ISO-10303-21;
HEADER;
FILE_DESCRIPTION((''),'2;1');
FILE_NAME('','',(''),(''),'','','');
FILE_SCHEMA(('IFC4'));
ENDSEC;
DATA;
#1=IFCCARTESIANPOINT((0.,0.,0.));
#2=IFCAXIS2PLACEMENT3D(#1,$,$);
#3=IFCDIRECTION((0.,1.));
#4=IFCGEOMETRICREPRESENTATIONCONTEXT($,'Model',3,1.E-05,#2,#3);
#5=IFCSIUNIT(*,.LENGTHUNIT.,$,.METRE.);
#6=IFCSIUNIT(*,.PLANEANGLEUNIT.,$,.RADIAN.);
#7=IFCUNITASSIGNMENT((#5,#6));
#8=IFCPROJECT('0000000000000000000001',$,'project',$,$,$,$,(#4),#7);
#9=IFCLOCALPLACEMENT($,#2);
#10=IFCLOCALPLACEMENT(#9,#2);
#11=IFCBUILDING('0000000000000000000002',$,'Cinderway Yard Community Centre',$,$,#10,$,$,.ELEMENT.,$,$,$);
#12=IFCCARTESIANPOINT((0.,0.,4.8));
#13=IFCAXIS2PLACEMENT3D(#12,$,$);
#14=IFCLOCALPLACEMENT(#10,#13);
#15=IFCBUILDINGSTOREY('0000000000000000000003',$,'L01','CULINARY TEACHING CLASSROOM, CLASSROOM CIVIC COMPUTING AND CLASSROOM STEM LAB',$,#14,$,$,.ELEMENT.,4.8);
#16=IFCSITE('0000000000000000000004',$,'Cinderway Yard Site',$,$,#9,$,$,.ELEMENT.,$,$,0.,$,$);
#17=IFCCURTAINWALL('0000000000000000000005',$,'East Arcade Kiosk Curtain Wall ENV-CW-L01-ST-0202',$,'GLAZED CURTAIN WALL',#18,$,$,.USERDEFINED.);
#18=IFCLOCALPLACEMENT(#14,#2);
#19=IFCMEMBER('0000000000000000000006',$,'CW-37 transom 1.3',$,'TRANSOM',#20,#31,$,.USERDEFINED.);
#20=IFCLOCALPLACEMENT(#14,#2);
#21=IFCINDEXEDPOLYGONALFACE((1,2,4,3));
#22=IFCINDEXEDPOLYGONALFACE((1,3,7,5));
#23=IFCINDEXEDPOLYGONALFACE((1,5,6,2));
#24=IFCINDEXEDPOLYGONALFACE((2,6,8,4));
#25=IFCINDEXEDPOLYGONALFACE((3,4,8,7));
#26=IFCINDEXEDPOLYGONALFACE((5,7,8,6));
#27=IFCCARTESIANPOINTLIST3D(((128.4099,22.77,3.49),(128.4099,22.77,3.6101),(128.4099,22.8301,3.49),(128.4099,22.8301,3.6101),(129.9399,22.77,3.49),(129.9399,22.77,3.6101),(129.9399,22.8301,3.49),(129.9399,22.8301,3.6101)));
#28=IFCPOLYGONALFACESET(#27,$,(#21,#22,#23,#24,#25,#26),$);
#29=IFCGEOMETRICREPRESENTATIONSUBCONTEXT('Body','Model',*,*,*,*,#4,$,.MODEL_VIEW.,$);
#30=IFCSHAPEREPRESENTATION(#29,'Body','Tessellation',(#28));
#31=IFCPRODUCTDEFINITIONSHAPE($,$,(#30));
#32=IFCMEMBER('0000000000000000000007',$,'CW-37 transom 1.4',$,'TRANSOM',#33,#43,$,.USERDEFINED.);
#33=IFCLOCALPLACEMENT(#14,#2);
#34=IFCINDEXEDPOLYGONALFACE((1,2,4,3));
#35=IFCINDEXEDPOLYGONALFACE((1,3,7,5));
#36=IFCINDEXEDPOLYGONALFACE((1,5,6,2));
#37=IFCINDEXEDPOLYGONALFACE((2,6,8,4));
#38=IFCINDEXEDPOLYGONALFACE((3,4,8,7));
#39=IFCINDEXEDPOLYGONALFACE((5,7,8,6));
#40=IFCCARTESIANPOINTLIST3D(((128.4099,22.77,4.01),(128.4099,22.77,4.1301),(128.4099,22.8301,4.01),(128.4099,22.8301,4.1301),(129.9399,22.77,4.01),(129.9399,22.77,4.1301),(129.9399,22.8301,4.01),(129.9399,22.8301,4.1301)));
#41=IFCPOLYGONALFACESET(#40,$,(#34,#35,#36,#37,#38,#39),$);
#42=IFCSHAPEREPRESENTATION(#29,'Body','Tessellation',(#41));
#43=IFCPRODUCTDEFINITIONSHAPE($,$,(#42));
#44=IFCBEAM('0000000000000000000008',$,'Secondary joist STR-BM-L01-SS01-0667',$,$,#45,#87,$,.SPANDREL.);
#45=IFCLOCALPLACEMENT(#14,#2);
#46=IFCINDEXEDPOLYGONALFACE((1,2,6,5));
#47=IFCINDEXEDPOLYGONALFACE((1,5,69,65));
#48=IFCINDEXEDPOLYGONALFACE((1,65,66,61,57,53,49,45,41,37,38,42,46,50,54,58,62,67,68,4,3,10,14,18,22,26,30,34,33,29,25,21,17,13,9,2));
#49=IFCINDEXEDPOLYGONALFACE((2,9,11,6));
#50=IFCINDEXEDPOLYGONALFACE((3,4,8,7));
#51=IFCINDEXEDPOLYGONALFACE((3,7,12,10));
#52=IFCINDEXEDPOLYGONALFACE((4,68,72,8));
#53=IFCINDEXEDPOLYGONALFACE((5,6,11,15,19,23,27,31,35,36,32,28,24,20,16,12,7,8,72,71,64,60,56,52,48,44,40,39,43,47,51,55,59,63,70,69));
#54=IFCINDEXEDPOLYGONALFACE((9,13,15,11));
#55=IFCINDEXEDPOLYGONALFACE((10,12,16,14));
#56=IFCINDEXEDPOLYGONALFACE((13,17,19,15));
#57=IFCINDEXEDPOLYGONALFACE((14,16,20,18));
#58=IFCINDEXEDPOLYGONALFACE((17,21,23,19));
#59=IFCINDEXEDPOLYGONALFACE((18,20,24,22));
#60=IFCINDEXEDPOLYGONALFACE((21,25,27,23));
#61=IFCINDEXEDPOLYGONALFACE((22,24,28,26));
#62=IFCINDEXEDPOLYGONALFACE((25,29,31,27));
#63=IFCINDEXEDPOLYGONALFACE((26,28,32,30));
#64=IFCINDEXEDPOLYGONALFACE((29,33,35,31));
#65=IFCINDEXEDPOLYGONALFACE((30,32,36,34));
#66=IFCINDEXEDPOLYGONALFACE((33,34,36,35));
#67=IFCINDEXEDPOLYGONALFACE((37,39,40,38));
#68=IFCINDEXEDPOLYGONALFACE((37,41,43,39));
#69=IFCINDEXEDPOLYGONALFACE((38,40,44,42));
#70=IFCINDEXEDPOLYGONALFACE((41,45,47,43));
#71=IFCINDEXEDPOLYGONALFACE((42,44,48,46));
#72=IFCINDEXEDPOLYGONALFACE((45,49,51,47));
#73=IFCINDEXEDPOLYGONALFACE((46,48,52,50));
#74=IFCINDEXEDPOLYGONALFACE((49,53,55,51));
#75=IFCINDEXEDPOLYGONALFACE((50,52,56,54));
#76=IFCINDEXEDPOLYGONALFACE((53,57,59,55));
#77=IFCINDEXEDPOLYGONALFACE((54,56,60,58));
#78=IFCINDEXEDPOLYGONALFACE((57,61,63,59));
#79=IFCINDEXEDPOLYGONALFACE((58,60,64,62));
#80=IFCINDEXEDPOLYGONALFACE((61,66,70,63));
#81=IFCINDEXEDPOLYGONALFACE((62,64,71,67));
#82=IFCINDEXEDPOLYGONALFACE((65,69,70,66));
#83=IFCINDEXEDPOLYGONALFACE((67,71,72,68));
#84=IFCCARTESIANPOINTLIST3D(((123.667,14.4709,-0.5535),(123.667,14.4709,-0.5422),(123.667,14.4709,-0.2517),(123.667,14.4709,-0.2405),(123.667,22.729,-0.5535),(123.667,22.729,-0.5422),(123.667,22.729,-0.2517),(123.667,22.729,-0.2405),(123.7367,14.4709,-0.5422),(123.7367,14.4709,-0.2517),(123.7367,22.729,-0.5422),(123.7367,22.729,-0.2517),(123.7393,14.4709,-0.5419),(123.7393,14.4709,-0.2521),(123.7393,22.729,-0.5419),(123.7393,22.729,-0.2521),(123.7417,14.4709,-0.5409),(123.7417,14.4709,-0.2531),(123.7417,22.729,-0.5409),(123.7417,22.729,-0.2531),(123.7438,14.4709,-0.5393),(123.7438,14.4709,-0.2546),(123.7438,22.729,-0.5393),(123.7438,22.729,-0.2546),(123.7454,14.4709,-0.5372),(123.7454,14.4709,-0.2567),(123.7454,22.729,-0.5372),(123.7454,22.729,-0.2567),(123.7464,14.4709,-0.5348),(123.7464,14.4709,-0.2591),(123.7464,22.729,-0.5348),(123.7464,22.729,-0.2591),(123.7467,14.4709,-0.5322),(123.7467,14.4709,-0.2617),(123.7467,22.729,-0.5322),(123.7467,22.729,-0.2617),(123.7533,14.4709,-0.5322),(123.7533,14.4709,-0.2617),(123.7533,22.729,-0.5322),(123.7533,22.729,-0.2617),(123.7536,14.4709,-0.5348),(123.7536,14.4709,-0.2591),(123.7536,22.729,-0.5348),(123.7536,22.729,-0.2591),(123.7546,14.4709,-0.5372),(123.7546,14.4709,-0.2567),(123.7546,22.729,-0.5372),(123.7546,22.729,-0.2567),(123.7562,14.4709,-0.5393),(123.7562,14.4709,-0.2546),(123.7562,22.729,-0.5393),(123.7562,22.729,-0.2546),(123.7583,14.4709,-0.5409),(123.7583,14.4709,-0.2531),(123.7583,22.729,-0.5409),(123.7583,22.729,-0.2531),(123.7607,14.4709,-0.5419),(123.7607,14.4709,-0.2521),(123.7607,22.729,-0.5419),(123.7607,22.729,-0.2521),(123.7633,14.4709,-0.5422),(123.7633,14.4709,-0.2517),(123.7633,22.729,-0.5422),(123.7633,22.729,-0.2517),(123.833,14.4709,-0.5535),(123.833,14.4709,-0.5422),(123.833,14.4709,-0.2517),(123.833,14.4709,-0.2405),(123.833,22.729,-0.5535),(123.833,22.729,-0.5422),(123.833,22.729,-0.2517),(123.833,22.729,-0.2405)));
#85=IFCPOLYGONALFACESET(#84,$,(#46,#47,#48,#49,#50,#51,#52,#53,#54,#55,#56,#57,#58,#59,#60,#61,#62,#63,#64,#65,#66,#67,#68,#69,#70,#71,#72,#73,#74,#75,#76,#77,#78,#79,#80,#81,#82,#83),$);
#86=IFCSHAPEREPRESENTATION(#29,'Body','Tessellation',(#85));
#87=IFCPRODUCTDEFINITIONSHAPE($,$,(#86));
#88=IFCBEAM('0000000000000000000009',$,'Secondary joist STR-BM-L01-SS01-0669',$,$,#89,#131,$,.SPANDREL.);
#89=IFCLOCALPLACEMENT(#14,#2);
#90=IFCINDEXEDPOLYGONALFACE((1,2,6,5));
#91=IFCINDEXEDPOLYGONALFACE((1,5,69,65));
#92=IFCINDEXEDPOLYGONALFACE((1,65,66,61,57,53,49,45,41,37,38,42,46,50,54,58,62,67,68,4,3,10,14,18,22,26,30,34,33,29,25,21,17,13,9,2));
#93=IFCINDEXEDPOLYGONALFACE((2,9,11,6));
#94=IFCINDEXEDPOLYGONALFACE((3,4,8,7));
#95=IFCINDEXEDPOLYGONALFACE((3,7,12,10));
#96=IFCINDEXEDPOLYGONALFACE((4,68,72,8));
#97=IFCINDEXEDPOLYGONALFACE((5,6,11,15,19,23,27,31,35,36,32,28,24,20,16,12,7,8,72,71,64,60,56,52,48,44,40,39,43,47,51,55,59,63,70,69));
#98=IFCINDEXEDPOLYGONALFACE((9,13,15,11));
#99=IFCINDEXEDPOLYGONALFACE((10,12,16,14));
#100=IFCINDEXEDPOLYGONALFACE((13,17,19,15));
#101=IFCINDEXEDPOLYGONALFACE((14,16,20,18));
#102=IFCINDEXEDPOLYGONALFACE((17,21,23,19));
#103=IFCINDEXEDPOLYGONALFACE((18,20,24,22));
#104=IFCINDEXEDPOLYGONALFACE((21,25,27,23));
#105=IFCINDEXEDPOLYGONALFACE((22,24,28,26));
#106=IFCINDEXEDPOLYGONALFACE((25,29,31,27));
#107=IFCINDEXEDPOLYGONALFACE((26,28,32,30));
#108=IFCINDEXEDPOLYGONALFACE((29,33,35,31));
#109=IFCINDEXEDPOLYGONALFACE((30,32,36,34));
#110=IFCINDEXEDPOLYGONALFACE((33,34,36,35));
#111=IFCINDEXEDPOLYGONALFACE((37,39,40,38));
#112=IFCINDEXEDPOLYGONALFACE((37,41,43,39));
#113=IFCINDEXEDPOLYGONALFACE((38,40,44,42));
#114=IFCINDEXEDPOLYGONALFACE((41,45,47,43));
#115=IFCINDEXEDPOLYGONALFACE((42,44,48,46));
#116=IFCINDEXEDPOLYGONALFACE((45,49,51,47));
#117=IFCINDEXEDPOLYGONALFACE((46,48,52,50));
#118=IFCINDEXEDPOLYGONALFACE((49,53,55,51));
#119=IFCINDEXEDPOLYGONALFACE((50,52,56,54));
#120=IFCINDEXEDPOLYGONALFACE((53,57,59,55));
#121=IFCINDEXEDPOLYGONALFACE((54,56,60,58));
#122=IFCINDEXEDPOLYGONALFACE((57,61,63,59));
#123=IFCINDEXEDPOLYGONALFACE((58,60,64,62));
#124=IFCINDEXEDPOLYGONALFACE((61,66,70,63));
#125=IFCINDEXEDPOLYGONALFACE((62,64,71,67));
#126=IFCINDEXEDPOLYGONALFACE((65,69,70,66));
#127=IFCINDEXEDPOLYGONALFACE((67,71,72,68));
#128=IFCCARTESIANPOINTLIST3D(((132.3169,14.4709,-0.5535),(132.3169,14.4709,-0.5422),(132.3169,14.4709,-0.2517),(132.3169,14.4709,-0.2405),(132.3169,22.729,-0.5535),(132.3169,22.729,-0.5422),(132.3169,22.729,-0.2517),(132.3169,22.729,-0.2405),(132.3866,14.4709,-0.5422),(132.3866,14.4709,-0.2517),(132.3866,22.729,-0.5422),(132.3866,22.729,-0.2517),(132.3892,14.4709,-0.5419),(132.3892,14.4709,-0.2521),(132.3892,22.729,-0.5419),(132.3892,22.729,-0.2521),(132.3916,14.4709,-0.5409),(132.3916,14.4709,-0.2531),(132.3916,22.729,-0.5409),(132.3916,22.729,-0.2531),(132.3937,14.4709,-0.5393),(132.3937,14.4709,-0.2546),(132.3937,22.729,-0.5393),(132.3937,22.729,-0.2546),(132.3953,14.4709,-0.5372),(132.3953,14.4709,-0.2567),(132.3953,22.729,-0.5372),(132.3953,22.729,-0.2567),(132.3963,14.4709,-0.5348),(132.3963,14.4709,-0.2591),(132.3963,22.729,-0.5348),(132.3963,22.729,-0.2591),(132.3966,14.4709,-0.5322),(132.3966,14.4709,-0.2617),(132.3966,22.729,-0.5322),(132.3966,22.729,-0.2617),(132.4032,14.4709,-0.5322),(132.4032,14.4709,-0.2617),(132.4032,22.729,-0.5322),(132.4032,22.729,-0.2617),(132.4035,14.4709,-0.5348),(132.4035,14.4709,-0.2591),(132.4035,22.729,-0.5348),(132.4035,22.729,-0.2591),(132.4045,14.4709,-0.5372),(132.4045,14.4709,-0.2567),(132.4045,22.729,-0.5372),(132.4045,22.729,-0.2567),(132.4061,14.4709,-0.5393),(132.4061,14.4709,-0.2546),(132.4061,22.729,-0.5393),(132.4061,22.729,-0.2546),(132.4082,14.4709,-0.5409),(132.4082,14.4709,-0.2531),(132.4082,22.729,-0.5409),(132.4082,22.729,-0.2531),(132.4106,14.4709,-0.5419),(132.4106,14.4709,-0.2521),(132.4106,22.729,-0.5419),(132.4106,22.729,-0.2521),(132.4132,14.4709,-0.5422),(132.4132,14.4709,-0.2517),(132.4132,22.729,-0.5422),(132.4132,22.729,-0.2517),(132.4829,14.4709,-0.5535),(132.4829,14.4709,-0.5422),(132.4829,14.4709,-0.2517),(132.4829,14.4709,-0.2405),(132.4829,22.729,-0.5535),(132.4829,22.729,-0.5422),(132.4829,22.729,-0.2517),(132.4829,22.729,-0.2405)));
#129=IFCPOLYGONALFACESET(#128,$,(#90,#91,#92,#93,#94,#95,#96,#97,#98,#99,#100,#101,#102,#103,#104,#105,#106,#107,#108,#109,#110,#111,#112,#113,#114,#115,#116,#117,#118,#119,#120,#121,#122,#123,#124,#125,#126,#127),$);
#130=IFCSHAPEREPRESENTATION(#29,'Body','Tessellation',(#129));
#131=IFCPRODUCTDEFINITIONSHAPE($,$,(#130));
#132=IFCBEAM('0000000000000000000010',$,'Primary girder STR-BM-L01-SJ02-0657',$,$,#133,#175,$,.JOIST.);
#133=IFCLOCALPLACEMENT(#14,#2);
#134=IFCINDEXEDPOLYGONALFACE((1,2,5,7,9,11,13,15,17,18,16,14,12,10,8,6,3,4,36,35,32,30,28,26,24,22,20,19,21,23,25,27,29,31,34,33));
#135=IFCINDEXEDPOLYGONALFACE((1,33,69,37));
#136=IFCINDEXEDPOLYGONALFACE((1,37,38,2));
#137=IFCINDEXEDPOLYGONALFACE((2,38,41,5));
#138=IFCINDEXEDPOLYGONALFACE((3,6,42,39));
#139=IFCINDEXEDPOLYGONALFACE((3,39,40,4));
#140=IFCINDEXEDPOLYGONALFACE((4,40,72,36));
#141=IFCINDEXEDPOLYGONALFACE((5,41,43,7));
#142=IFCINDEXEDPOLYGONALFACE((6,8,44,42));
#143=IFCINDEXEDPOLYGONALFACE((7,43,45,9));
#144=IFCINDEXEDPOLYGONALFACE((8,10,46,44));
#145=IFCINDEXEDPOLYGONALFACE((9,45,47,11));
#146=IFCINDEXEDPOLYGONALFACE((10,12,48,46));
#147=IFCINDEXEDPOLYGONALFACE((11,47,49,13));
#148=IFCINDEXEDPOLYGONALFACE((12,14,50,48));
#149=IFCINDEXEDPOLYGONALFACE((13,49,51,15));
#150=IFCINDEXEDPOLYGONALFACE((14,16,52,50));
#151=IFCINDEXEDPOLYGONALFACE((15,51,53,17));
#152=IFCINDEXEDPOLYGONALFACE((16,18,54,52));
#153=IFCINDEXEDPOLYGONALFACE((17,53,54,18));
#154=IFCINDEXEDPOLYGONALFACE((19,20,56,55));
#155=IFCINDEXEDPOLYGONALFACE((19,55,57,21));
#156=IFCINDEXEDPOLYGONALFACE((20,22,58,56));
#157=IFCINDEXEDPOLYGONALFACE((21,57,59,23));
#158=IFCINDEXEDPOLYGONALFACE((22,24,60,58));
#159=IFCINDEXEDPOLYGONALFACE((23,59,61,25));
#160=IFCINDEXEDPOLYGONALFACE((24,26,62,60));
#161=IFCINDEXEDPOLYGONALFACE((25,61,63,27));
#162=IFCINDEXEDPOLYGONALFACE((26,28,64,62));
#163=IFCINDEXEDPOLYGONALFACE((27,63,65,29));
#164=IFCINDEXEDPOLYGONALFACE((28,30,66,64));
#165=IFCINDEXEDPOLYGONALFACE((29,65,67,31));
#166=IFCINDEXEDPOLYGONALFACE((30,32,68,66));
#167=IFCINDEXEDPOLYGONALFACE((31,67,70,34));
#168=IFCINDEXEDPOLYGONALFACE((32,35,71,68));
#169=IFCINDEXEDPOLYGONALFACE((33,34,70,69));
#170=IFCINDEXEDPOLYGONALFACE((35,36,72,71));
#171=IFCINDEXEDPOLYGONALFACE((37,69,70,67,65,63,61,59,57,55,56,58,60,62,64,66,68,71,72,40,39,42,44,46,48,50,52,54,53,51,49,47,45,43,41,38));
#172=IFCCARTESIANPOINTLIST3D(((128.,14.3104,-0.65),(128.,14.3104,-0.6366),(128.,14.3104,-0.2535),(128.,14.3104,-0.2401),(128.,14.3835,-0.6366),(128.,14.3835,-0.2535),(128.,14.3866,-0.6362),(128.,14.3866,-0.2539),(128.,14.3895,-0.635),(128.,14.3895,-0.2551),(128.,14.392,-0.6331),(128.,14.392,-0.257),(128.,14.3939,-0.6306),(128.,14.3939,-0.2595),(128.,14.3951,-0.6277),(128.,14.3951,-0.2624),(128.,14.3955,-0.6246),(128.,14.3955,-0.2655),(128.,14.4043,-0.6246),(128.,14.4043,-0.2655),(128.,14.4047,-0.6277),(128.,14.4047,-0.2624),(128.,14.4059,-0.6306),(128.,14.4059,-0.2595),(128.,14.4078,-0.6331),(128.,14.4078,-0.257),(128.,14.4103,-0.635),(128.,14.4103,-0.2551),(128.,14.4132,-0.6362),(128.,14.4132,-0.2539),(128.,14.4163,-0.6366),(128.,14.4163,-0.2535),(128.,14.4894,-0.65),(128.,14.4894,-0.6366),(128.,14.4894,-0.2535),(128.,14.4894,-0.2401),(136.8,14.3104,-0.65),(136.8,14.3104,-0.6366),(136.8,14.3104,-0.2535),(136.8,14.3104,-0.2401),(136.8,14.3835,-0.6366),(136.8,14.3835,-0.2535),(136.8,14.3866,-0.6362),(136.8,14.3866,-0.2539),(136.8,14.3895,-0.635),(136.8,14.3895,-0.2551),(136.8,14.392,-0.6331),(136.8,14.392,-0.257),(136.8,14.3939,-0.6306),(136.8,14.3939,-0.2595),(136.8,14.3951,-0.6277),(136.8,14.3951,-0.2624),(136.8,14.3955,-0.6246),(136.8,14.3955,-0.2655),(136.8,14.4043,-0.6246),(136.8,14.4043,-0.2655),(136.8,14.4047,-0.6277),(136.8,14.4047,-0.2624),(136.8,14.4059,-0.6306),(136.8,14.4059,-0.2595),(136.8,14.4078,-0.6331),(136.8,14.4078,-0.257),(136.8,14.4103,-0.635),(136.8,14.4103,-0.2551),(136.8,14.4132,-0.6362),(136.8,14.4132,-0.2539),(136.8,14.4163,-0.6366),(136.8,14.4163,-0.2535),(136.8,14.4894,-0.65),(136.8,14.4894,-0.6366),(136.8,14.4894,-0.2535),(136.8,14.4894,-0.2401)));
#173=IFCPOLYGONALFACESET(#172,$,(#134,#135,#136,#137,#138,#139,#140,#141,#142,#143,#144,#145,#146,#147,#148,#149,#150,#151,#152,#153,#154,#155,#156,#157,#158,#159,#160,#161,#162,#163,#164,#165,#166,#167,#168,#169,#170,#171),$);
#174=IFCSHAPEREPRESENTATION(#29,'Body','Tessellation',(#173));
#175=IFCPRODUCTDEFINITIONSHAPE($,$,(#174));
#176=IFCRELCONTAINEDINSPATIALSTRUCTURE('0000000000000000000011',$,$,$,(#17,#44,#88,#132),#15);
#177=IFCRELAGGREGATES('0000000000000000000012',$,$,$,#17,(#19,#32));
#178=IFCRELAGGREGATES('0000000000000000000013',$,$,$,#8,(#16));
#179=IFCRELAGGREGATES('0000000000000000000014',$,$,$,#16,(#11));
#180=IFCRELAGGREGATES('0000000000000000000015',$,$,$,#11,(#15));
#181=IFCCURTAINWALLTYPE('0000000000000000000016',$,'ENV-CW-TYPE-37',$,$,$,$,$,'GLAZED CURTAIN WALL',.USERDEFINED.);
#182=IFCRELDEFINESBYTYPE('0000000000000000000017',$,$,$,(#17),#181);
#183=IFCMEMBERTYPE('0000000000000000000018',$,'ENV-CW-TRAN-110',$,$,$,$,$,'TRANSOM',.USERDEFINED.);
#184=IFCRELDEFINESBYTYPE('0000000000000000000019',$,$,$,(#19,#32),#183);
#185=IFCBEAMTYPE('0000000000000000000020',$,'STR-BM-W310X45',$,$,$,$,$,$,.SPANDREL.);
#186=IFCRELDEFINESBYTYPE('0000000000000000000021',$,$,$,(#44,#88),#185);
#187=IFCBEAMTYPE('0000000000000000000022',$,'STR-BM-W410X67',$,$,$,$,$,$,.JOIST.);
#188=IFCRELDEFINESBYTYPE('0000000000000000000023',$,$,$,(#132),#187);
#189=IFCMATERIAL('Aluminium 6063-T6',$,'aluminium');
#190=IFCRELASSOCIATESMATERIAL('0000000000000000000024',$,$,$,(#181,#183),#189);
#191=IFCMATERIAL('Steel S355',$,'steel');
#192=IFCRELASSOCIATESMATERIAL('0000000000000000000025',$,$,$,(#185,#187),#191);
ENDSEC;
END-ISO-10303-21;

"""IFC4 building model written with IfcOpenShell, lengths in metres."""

from ifc_helpers import new_model, si_unit, direction, frame, origin, origin_2d, place, context, subcontext, project, spatial, rectangle, i_section, extrude, material, material_profile, profile_set, type_object, element, aggregate, save


model = new_model("IFC4")

# Units and contexts
model_context = context("Model", 3, precision=1e-05, world=origin(), true_north=direction((0.0, 1.0)))
body_context = subcontext(model_context, "Body", "Model", "MODEL_VIEW")
ifc_project = project(units=[si_unit("LENGTHUNIT", "METRE"), si_unit("PLANEANGLEUNIT", "RADIAN")], contexts=[model_context])

# Site, building, storey
site_placement = place(None, origin())
site = spatial("IfcSite", under=ifc_project, at=site_placement, Name="Cinderway Yard Site", CompositionType="ELEMENT", RefElevation=0.0)
building_placement = place(site_placement, origin())
building = spatial("IfcBuilding", under=site, at=building_placement, Name="Cinderway Yard Community Centre", CompositionType="ELEMENT")
storey_placement = place(building_placement, frame((0.0, 0.0, 4.8)))
storey = spatial("IfcBuildingStorey", under=building, at=storey_placement, Name="L01", Description="CULINARY TEACHING CLASSROOM, CLASSROOM CIVIC COMPUTING AND CLASSROOM STEM LAB", CompositionType="ELEMENT", Elevation=4.8)

# Shared definitions
ifc_material_1 = material(Name="Aluminium 6063-T6", Category="aluminium")
curtain_wall_type = type_object("IfcCurtainWallType", Name="ENV-CW-TYPE-37", ElementType="GLAZED CURTAIN WALL", PredefinedType="USERDEFINED", material=ifc_material_1)

# Curtain wall
curtain_wall_1_placement = place(storey_placement, origin())
curtain_wall_1 = element("IfcCurtainWall", 1, at=curtain_wall_1_placement, inside=storey, type_object=curtain_wall_type, Name="East Arcade Kiosk Curtain Wall ENV-CW-L01-ST-0202", ObjectType="GLAZED CURTAIN WALL", PredefinedType="USERDEFINED")

# Members
ifc_material_profile_1 = material_profile(ifc_material_1, rectangle(XDim=0.0601, YDim=0.1201, at=origin_2d()), Name="Aluminium 6063-T6")
ifc_profile_set_1 = profile_set([ifc_material_profile_1], Name="Aluminium 6063-T6")
member_type_1 = type_object("IfcMemberType", Name="ENV-CW-TRAN-110", ElementType="TRANSOM", PredefinedType="USERDEFINED", material=ifc_profile_set_1)
member_1_placement = place(storey_placement, frame((128.4099, 22.8, 3.55), z_axis=(1.0, 0.0, 0.0), x_axis=(0.0, 1.0, 0.0)))
member_1 = element("IfcMember", 2, at=member_1_placement, type_object=member_type_1, Name="CW-37 transom 1.3", ObjectType="TRANSOM", PredefinedType="USERDEFINED", context=body_context, shape_type="SweptSolid", body=[
    extrude(rectangle(XDim=0.0601, YDim=0.1201, at=origin_2d()), origin(), (0.0, 0.0, 1.0), 1.53),
])
member_2_placement = place(storey_placement, frame((128.4099, 22.8, 4.0701), z_axis=(1.0, 0.0, 0.0), x_axis=(0.0, 1.0, 0.0)))
member_2 = element("IfcMember", 3, at=member_2_placement, type_object=member_type_1, Name="CW-37 transom 1.4", ObjectType="TRANSOM", PredefinedType="USERDEFINED", context=body_context, shape_type="SweptSolid", body=[
    extrude(rectangle(XDim=0.0601, YDim=0.1201, at=origin_2d()), origin(), (0.0, 0.0, 1.0), 1.53),
])

# Beams
ifc_material_2 = material(Name="Steel S355", Category="steel")
ifc_material_profile_2 = material_profile(ifc_material_2, i_section(OverallWidth=0.166, OverallDepth=0.313, WebThickness=0.0066, FlangeThickness=0.0112, FilletRadius=0.01, at=origin_2d()), Name="Steel S355")
ifc_profile_set_2 = profile_set([ifc_material_profile_2], Name="Steel S355")
beam_type_1 = type_object("IfcBeamType", Name="STR-BM-W310X45", PredefinedType="SPANDREL", material=ifc_profile_set_2)
for number, where, z_axis, x_axis, name in (
    (4, (123.75, 14.4709, -0.397), (0.0, 1.0, 0.0), (-1.0, 0.0, 0.0), "Secondary joist STR-BM-L01-SS01-0667"),
    (5, (132.3999, 14.4709, -0.397), (0.0, 1.0, 0.0), (-1.0, 0.0, 0.0), "Secondary joist STR-BM-L01-SS01-0669"),
):
    element("IfcBeam", number, at=place(storey_placement, frame(where, z_axis=z_axis, x_axis=x_axis)), inside=storey, type_object=beam_type_1, Name=name, PredefinedType="SPANDREL", context=body_context, shape_type="SweptSolid", body=[
        extrude(i_section(OverallWidth=0.166, OverallDepth=0.313, WebThickness=0.0066, FlangeThickness=0.0112, FilletRadius=0.01, at=origin_2d()), origin(), (0.0, 0.0, 1.0), 8.2581),
    ])
ifc_material_profile_3 = material_profile(ifc_material_2, i_section(OverallWidth=0.179, OverallDepth=0.4099, WebThickness=0.0088, FlangeThickness=0.0134, FilletRadius=0.012, at=origin_2d()), Name="Steel S355")
ifc_profile_set_3 = profile_set([ifc_material_profile_3], Name="Steel S355")
beam_type_2 = type_object("IfcBeamType", Name="STR-BM-W410X67", PredefinedType="JOIST", material=ifc_profile_set_3)
for number, where, z_axis, x_axis, name in (
    (6, (128.0, 14.3999, -0.4451), (1.0, 0.0, 0.0), (0.0, 1.0, 0.0), "Primary girder STR-BM-L01-SJ02-0657"),
):
    element("IfcBeam", number, at=place(storey_placement, frame(where, z_axis=z_axis, x_axis=x_axis)), inside=storey, type_object=beam_type_2, Name=name, PredefinedType="JOIST", context=body_context, shape_type="SweptSolid", body=[
        extrude(i_section(OverallWidth=0.179, OverallDepth=0.4099, WebThickness=0.0088, FlangeThickness=0.0134, FilletRadius=0.012, at=origin_2d()), origin(), (0.0, 0.0, 1.0), 8.8),
    ])

aggregate(curtain_wall_1, [member_1, member_2])

save(model, "model.ifc")
